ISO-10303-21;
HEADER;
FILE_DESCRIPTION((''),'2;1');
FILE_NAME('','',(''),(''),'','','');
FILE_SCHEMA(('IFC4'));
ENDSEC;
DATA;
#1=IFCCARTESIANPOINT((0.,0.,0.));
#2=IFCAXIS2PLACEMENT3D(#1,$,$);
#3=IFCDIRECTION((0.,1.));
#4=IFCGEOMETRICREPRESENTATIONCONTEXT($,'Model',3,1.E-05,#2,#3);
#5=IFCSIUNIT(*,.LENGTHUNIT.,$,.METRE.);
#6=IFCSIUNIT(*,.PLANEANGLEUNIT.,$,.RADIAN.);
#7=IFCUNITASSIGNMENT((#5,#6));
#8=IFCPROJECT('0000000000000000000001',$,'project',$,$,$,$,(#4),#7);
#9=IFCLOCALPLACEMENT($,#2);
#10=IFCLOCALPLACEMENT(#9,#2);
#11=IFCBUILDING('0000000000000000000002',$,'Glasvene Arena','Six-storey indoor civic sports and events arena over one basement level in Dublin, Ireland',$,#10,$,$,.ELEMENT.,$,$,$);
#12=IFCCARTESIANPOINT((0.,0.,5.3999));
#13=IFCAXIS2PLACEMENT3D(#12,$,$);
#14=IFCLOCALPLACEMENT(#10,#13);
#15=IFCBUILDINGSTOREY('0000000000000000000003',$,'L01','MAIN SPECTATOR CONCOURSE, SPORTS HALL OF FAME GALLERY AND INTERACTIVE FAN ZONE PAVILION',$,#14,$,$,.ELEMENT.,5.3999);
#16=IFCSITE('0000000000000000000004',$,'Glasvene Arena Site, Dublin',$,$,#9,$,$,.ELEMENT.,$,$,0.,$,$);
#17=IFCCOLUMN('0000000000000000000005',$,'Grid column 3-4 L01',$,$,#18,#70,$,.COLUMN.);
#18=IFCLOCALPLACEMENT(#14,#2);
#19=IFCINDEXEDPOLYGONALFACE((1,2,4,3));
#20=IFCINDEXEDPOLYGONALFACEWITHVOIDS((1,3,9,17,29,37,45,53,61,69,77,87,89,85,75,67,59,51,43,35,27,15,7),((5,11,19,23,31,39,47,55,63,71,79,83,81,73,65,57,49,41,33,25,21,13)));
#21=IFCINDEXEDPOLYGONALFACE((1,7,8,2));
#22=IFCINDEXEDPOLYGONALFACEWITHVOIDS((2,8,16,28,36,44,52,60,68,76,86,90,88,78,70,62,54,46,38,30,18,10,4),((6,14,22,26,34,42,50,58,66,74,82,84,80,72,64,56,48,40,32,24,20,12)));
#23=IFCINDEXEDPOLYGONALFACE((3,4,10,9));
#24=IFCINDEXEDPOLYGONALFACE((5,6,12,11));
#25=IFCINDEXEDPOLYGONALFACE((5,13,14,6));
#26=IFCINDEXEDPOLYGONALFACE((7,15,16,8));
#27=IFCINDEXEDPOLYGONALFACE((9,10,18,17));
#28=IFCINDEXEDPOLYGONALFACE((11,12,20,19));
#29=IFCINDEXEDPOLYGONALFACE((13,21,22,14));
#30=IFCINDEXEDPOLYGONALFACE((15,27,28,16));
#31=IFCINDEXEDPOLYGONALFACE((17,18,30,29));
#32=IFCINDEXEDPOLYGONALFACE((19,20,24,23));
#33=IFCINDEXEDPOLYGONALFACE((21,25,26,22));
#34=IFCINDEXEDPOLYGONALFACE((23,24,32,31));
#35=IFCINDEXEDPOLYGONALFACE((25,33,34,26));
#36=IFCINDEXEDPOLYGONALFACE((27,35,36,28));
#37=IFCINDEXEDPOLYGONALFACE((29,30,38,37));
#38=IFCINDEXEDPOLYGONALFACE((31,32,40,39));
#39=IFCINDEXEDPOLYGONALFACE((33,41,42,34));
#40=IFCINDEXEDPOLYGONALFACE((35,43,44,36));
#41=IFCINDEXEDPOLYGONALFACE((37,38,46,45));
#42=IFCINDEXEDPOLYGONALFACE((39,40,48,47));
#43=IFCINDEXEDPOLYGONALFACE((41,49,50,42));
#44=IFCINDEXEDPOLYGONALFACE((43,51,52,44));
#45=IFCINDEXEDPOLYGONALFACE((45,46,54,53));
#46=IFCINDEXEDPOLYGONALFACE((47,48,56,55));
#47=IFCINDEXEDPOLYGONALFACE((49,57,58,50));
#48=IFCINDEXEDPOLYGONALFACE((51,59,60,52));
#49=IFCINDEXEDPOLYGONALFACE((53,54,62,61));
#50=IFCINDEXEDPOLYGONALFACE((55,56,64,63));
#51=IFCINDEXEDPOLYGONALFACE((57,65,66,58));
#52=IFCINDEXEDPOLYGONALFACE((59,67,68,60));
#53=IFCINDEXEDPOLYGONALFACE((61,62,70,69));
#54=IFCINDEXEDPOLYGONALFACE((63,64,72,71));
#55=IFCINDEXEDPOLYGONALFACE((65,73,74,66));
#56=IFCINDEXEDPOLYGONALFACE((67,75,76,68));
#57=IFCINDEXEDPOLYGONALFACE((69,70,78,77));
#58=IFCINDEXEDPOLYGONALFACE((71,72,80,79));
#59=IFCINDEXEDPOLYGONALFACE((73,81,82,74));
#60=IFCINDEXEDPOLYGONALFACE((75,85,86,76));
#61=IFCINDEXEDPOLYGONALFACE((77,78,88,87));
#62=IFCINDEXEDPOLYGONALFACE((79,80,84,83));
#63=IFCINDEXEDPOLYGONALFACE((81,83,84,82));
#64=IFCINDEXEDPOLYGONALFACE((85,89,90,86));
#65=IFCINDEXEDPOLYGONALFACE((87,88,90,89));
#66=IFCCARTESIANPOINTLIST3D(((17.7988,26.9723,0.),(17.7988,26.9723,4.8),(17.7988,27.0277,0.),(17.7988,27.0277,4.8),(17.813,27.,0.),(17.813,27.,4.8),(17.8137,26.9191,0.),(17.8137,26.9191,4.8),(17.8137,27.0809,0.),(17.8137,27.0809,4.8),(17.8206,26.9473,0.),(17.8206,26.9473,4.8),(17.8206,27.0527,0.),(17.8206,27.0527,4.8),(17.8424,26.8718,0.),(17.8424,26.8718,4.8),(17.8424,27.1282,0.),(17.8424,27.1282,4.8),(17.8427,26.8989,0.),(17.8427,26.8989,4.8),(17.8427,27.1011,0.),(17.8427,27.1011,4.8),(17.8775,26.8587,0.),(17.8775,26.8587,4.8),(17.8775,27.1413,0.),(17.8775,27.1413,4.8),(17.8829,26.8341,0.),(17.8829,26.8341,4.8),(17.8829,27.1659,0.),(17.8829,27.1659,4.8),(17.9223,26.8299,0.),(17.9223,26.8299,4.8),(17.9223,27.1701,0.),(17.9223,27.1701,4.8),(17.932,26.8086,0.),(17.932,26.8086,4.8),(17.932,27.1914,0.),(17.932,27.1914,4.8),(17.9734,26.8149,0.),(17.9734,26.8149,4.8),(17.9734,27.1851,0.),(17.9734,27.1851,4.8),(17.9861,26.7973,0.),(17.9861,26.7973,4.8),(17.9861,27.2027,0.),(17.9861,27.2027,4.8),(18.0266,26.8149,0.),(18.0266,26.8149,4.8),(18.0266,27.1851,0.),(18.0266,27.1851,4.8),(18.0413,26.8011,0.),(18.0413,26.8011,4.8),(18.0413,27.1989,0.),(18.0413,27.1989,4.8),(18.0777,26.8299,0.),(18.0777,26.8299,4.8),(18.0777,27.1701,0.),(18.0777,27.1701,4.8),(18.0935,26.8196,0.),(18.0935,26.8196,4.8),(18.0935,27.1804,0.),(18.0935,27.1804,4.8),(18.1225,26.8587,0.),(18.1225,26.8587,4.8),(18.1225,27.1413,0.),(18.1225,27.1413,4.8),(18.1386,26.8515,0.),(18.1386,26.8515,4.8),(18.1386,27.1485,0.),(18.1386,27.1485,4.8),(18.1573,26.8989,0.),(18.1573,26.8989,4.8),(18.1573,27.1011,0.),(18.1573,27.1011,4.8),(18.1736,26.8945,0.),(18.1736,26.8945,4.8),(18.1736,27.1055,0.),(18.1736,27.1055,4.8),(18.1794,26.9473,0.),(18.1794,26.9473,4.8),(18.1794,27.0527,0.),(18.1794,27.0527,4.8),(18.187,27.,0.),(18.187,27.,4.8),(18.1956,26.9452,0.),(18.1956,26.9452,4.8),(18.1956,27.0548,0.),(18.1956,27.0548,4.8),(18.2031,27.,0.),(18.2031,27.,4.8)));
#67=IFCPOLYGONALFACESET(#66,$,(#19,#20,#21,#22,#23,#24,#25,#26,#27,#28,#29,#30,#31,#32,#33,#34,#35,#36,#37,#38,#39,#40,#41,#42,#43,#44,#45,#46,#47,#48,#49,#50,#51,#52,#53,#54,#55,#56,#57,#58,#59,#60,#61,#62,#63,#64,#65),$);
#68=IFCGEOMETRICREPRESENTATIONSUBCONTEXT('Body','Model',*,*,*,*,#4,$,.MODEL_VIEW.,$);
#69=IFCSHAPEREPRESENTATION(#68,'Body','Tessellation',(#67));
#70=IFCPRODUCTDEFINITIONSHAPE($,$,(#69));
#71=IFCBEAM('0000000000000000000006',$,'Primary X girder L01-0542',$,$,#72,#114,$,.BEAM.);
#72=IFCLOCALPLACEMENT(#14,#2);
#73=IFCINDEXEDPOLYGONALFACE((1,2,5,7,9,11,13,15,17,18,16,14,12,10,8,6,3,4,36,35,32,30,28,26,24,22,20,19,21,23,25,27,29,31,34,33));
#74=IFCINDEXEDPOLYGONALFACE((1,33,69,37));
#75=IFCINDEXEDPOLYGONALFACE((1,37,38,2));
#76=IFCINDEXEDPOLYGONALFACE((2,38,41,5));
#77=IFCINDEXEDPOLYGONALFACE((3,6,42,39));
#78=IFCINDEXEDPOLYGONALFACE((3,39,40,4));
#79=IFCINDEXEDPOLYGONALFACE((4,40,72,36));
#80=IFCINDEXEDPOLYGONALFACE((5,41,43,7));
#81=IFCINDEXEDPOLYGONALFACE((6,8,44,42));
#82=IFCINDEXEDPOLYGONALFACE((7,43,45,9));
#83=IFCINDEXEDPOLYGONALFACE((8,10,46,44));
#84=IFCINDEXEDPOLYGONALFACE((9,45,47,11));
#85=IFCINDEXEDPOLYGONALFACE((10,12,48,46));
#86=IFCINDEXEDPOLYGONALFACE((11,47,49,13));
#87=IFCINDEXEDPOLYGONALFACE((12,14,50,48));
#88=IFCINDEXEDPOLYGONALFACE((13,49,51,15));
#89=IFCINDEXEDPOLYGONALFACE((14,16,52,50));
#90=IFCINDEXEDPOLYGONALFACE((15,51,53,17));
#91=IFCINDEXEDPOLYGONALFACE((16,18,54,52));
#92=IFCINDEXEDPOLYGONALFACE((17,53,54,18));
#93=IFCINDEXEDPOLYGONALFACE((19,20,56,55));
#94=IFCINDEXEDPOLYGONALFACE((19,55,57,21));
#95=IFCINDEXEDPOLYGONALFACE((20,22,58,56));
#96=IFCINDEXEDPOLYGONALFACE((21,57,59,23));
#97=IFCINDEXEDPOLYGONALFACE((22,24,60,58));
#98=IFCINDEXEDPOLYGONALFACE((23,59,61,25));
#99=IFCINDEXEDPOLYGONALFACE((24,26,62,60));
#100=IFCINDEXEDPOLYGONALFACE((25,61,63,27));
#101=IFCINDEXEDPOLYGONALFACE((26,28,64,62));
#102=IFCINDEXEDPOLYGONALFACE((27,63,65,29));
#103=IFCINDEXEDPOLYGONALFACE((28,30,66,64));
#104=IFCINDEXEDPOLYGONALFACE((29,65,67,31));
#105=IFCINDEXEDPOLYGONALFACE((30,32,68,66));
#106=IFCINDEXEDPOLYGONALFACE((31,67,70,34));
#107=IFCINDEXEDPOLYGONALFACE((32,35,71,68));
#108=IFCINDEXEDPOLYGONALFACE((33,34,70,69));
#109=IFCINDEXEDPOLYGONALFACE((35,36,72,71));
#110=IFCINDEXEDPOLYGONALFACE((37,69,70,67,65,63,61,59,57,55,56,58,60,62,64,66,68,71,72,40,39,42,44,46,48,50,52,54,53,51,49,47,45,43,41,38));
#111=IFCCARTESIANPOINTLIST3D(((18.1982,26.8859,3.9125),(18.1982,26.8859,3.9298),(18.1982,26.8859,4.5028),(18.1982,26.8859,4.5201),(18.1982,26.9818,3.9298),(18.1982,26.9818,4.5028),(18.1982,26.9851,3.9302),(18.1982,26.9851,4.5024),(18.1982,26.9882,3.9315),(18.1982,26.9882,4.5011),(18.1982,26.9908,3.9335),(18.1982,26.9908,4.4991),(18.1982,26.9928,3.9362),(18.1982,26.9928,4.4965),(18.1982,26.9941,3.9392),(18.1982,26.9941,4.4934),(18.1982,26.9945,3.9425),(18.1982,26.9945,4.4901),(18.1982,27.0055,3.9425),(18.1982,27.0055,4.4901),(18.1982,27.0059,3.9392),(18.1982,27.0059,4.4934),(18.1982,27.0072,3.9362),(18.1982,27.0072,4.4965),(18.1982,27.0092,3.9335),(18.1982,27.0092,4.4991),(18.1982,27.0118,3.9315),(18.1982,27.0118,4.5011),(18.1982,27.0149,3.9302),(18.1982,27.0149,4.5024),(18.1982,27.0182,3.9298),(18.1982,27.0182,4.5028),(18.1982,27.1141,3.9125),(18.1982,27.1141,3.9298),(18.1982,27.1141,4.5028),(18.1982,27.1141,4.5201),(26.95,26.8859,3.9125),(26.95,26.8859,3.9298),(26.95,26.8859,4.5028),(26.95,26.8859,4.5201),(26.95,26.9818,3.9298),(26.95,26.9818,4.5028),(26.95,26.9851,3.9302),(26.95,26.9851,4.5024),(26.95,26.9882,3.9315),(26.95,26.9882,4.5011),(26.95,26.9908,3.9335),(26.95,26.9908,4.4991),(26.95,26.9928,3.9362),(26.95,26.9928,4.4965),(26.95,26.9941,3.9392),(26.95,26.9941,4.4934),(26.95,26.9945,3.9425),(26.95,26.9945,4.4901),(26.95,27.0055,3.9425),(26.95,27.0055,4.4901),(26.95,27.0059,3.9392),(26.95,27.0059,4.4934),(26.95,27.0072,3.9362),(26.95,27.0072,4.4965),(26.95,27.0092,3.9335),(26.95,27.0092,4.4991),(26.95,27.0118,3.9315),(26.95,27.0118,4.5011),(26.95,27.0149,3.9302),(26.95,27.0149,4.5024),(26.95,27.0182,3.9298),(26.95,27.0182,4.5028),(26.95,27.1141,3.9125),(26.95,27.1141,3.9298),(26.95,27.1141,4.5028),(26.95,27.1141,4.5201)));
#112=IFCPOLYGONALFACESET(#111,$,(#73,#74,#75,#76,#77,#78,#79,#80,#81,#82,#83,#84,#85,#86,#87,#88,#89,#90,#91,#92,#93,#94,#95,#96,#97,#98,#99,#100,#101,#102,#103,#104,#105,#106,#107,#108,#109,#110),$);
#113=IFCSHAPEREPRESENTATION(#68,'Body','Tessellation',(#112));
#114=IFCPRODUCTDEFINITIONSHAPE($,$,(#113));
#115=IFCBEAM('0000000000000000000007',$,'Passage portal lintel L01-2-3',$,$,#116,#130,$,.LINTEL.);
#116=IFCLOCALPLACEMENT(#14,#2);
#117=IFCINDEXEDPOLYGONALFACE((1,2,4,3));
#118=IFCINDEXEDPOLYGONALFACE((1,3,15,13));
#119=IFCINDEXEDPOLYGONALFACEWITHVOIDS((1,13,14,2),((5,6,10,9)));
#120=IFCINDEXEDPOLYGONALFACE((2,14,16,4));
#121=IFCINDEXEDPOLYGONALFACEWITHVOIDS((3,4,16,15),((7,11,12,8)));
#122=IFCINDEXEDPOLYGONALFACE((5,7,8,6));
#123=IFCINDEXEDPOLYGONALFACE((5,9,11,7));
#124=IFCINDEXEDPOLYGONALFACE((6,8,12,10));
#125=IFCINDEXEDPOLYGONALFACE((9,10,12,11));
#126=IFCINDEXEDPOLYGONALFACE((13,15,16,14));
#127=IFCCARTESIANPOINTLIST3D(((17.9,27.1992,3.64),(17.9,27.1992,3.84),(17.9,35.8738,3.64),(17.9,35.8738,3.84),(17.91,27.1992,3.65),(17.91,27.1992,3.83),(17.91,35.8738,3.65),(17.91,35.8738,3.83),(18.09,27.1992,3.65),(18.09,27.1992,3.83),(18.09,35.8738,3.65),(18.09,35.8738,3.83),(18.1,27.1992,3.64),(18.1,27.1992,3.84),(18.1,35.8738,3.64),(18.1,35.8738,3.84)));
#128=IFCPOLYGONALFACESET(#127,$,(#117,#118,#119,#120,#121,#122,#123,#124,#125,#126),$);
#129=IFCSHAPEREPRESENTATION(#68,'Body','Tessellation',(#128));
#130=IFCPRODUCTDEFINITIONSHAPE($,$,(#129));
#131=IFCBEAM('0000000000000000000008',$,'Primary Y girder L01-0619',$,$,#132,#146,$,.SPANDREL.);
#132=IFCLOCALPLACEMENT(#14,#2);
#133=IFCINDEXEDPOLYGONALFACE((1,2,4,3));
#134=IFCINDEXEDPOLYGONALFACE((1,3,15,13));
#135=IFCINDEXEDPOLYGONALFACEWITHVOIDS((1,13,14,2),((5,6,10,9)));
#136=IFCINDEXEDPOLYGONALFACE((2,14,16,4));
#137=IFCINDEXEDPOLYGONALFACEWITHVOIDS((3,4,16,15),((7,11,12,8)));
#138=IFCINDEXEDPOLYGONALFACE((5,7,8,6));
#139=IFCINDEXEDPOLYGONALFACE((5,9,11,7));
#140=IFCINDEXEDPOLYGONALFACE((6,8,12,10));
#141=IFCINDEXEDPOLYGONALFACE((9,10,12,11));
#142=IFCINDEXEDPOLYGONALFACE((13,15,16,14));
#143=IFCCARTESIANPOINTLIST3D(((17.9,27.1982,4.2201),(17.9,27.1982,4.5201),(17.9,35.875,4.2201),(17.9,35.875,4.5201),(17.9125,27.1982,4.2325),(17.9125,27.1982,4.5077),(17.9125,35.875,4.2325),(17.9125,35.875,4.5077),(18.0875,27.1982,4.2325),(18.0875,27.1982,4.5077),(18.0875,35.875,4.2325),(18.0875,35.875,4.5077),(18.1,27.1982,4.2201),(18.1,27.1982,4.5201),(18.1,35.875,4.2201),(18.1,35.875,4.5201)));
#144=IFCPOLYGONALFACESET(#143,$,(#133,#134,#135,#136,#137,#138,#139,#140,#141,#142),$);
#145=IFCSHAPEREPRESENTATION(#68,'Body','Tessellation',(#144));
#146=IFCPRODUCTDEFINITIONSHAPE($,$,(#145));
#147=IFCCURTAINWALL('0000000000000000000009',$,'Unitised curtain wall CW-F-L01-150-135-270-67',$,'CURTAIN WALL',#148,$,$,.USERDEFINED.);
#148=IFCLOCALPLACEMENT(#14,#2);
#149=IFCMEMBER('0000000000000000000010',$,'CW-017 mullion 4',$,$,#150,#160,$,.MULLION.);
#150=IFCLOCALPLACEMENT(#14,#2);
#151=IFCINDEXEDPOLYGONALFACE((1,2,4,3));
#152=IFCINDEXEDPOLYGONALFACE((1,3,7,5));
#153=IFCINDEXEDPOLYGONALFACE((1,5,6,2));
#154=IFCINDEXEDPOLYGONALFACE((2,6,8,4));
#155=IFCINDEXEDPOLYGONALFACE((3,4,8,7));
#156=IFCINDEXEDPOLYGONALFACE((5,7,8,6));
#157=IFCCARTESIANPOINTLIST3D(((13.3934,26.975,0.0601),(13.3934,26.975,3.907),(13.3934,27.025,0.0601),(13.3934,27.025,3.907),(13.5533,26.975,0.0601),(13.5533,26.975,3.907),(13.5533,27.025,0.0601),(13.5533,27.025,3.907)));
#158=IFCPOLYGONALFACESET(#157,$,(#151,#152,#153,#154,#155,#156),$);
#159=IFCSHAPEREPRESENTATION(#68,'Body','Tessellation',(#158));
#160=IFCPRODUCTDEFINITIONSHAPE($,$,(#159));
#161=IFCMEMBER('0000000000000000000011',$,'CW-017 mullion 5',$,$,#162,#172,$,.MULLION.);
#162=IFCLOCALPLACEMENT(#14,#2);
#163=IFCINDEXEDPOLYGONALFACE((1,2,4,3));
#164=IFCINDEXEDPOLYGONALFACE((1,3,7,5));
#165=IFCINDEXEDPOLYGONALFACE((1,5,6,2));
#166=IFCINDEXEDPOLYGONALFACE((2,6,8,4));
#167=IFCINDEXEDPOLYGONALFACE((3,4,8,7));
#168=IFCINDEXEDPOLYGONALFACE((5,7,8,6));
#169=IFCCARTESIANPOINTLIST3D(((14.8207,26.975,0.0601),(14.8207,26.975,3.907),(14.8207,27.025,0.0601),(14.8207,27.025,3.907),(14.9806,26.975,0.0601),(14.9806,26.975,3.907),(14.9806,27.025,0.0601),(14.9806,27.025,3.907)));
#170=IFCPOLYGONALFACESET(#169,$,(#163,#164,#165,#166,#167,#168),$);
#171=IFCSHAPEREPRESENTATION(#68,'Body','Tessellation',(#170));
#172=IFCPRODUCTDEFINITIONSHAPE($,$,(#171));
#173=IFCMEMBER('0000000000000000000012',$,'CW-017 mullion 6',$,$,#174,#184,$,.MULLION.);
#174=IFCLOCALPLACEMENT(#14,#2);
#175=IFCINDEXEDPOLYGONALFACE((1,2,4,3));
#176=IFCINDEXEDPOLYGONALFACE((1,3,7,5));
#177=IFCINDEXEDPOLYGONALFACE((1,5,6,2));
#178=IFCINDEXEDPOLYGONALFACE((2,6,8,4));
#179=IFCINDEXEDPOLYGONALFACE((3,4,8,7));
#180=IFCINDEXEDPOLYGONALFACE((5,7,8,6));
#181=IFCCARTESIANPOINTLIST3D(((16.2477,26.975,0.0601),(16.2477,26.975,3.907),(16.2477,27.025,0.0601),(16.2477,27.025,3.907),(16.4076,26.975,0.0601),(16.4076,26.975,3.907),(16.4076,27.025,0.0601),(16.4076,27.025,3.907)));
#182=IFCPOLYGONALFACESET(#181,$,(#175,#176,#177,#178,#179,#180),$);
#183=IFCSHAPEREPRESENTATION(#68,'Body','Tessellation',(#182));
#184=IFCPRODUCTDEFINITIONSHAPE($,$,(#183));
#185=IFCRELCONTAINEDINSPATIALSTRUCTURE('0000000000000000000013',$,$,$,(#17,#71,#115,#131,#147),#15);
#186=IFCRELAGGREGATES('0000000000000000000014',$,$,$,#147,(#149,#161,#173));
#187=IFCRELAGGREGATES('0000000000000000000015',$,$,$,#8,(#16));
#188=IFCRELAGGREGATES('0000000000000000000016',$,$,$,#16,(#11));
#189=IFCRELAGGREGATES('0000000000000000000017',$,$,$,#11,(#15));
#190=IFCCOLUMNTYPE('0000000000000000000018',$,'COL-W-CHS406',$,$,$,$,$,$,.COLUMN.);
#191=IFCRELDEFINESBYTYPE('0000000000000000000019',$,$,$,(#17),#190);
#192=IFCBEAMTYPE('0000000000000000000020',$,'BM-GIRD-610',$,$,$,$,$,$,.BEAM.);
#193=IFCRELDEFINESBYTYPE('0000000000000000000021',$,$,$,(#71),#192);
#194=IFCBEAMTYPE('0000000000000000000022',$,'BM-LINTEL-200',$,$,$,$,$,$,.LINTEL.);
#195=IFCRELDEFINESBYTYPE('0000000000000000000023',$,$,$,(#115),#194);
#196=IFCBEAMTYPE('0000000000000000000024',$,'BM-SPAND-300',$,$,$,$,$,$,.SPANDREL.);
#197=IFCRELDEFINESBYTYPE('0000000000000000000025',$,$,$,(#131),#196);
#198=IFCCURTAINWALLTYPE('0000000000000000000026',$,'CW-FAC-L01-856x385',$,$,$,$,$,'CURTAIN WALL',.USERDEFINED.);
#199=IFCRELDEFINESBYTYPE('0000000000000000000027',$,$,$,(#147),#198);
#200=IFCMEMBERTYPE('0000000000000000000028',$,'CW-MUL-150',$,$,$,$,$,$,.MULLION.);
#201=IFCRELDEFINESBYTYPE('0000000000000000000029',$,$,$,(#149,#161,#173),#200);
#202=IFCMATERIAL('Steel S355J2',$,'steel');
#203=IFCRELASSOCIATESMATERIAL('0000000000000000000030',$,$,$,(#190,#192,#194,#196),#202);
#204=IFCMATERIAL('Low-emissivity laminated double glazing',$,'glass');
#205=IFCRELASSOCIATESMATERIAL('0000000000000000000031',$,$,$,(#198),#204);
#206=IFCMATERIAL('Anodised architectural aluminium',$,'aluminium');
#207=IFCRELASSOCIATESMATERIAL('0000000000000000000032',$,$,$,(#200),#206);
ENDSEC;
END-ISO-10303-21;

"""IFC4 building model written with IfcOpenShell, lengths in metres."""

from ifc_helpers import new_model, si_unit, direction, frame, origin, origin_2d, place, context, subcontext, project, spatial, rectangle, hollow_rectangle, hollow_circle, i_section, extrude, material, material_profile, profile_set, type_object, element, aggregate, save


model = new_model("IFC4")

# Units and contexts
model_context = context("Model", 3, precision=1e-05, world=origin(), true_north=direction((0.0, 1.0)))
body_context = subcontext(model_context, "Body", "Model", "MODEL_VIEW")
ifc_project = project(units=[si_unit("LENGTHUNIT", "METRE"), si_unit("PLANEANGLEUNIT", "RADIAN")], contexts=[model_context])

# Site, building, storey
site_placement = place(None, origin())
site = spatial("IfcSite", under=ifc_project, at=site_placement, Name="Glasvene Arena Site, Dublin", CompositionType="ELEMENT", RefElevation=0.0)
building_placement = place(site_placement, origin())
building = spatial("IfcBuilding", under=site, at=building_placement, Name="Glasvene Arena", Description="Six-storey indoor civic sports and events arena over one basement level in Dublin, Ireland", CompositionType="ELEMENT")
storey_placement = place(building_placement, frame((0.0, 0.0, 5.3999)))
storey = spatial("IfcBuildingStorey", under=building, at=storey_placement, Name="L01", Description="MAIN SPECTATOR CONCOURSE, SPORTS HALL OF FAME GALLERY AND INTERACTIVE FAN ZONE PAVILION", CompositionType="ELEMENT", Elevation=5.3999)

# Column
ifc_material_1 = material(Name="Steel S355J2", Category="steel")
ifc_material_profile_1 = material_profile(ifc_material_1, hollow_circle(Radius=0.2031, WallThickness=0.0161, at=origin_2d()), Name="CHS 406.4x16.0")
ifc_profile_set_1 = profile_set([ifc_material_profile_1], Name="Steel S355J2")
column_type = type_object("IfcColumnType", Name="COL-W-CHS406", PredefinedType="COLUMN", material=ifc_profile_set_1)
column_placement = place(storey_placement, frame((18.0, 27.0, 0.0), z_axis=(0.0, 0.0, 1.0), x_axis=(1.0, 0.0, 0.0)))
element("IfcColumn", 1, at=column_placement, inside=storey, type_object=column_type, Name="Grid column 3-4 L01", PredefinedType="COLUMN", context=body_context, shape_type="SweptSolid", body=[
    extrude(hollow_circle(Radius=0.2031, WallThickness=0.0161, at=origin_2d()), origin(), (0.0, 0.0, 1.0), 4.8),
])

# Beams
ifc_material_profile_2 = material_profile(ifc_material_1, i_section(OverallWidth=0.2283, OverallDepth=0.6077, WebThickness=0.011, FlangeThickness=0.0173, FilletRadius=0.0127, at=origin_2d()), Name="UKB 610x229x113")
ifc_profile_set_2 = profile_set([ifc_material_profile_2], Name="Steel S355J2")
beam_type_1 = type_object("IfcBeamType", Name="BM-GIRD-610", PredefinedType="BEAM", material=ifc_profile_set_2)
beam_1_placement = place(storey_placement, frame((18.1982, 27.0, 4.2163), z_axis=(1.0, 0.0, 0.0), x_axis=(0.0, 1.0, 0.0)))
element("IfcBeam", 2, at=beam_1_placement, inside=storey, type_object=beam_type_1, Name="Primary X girder L01-0542", PredefinedType="BEAM", context=body_context, shape_type="SweptSolid", body=[
    extrude(i_section(OverallWidth=0.2283, OverallDepth=0.6077, WebThickness=0.011, FlangeThickness=0.0173, FilletRadius=0.0127, at=origin_2d()), origin(), (0.0, 0.0, 1.0), 8.7517),
])
ifc_material_profile_3 = material_profile(ifc_material_1, hollow_rectangle(XDim=0.2, YDim=0.2, WallThickness=0.01, at=origin_2d()), Name="SHS 200x200x10.0")
ifc_profile_set_3 = profile_set([ifc_material_profile_3], Name="Steel S355J2")
beam_type_2 = type_object("IfcBeamType", Name="BM-LINTEL-200", PredefinedType="LINTEL", material=ifc_profile_set_3)
beam_2_placement = place(storey_placement, frame((18.0, 27.1992, 3.74), z_axis=(0.0, 1.0, 0.0), x_axis=(-1.0, 0.0, 0.0)))
element("IfcBeam", 3, at=beam_2_placement, inside=storey, type_object=beam_type_2, Name="Passage portal lintel L01-2-3", PredefinedType="LINTEL", context=body_context, shape_type="SweptSolid", body=[
    extrude(hollow_rectangle(XDim=0.2, YDim=0.2, WallThickness=0.01, at=origin_2d()), origin(), (0.0, 0.0, 1.0), 8.6746),
])
ifc_material_profile_4 = material_profile(ifc_material_1, hollow_rectangle(XDim=0.2, YDim=0.3, WallThickness=0.0125, at=origin_2d()), Name="RHS 300x200x12.5")
ifc_profile_set_4 = profile_set([ifc_material_profile_4], Name="Steel S355J2")
beam_type_3 = type_object("IfcBeamType", Name="BM-SPAND-300", PredefinedType="SPANDREL", material=ifc_profile_set_4)
beam_3_placement = place(storey_placement, frame((18.0, 27.1982, 4.3701), z_axis=(0.0, 1.0, 0.0), x_axis=(-1.0, 0.0, 0.0)))
element("IfcBeam", 4, at=beam_3_placement, inside=storey, type_object=beam_type_3, Name="Primary Y girder L01-0619", PredefinedType="SPANDREL", context=body_context, shape_type="SweptSolid", body=[
    extrude(hollow_rectangle(XDim=0.2, YDim=0.3, WallThickness=0.0125, at=origin_2d()), origin(), (0.0, 0.0, 1.0), 8.6768),
])

# Curtain wall, members
ifc_material_2 = material(Name="Low-emissivity laminated double glazing", Category="glass")
curtain_wall_type = type_object("IfcCurtainWallType", Name="CW-FAC-L01-856x385", ElementType="CURTAIN WALL", PredefinedType="USERDEFINED", material=ifc_material_2)
curtain_wall_placement = place(storey_placement, frame((9.1919, 27.0, 0.0)))
curtain_wall = element("IfcCurtainWall", 5, at=curtain_wall_placement, inside=storey, type_object=curtain_wall_type, Name="Unitised curtain wall CW-F-L01-150-135-270-67", ObjectType="CURTAIN WALL", PredefinedType="USERDEFINED")
ifc_material_3 = material(Name="Anodised architectural aluminium", Category="aluminium")
ifc_material_profile_5 = material_profile(ifc_material_3, rectangle(XDim=0.05, YDim=0.1599, at=origin_2d()), Name="ALU MULLION 50x160")
ifc_profile_set_5 = profile_set([ifc_material_profile_5], Name="Anodised architectural aluminium")
member_type_1 = type_object("IfcMemberType", Name="CW-MUL-150", PredefinedType="MULLION", material=ifc_profile_set_5)
member_1_placement = place(storey_placement, frame((13.4734, 27.0, 0.0601), z_axis=(0.0, 0.0, 1.0), x_axis=(0.0, 1.0, 0.0)))
member_1 = element("IfcMember", 6, at=member_1_placement, type_object=member_type_1, Name="CW-017 mullion 4", PredefinedType="MULLION", context=body_context, shape_type="SweptSolid", body=[
    extrude(rectangle(XDim=0.05, YDim=0.1599, at=origin_2d()), origin(), (0.0, 0.0, 1.0), 3.8469),
])
member_2_placement = place(storey_placement, frame((14.9006, 27.0, 0.0601), z_axis=(0.0, 0.0, 1.0), x_axis=(0.0, 1.0, 0.0)))
member_2 = element("IfcMember", 7, at=member_2_placement, type_object=member_type_1, Name="CW-017 mullion 5", PredefinedType="MULLION", context=body_context, shape_type="SweptSolid", body=[
    extrude(rectangle(XDim=0.05, YDim=0.1599, at=origin_2d()), origin(), (0.0, 0.0, 1.0), 3.8469),
])
member_3_placement = place(storey_placement, frame((16.3276, 27.0, 0.0601), z_axis=(0.0, 0.0, 1.0), x_axis=(0.0, 1.0, 0.0)))
member_3 = element("IfcMember", 8, at=member_3_placement, type_object=member_type_1, Name="CW-017 mullion 6", PredefinedType="MULLION", context=body_context, shape_type="SweptSolid", body=[
    extrude(rectangle(XDim=0.05, YDim=0.1599, at=origin_2d()), origin(), (0.0, 0.0, 1.0), 3.8469),
])
aggregate(curtain_wall, [member_1, member_2, member_3])

save(model, "model.ifc")
